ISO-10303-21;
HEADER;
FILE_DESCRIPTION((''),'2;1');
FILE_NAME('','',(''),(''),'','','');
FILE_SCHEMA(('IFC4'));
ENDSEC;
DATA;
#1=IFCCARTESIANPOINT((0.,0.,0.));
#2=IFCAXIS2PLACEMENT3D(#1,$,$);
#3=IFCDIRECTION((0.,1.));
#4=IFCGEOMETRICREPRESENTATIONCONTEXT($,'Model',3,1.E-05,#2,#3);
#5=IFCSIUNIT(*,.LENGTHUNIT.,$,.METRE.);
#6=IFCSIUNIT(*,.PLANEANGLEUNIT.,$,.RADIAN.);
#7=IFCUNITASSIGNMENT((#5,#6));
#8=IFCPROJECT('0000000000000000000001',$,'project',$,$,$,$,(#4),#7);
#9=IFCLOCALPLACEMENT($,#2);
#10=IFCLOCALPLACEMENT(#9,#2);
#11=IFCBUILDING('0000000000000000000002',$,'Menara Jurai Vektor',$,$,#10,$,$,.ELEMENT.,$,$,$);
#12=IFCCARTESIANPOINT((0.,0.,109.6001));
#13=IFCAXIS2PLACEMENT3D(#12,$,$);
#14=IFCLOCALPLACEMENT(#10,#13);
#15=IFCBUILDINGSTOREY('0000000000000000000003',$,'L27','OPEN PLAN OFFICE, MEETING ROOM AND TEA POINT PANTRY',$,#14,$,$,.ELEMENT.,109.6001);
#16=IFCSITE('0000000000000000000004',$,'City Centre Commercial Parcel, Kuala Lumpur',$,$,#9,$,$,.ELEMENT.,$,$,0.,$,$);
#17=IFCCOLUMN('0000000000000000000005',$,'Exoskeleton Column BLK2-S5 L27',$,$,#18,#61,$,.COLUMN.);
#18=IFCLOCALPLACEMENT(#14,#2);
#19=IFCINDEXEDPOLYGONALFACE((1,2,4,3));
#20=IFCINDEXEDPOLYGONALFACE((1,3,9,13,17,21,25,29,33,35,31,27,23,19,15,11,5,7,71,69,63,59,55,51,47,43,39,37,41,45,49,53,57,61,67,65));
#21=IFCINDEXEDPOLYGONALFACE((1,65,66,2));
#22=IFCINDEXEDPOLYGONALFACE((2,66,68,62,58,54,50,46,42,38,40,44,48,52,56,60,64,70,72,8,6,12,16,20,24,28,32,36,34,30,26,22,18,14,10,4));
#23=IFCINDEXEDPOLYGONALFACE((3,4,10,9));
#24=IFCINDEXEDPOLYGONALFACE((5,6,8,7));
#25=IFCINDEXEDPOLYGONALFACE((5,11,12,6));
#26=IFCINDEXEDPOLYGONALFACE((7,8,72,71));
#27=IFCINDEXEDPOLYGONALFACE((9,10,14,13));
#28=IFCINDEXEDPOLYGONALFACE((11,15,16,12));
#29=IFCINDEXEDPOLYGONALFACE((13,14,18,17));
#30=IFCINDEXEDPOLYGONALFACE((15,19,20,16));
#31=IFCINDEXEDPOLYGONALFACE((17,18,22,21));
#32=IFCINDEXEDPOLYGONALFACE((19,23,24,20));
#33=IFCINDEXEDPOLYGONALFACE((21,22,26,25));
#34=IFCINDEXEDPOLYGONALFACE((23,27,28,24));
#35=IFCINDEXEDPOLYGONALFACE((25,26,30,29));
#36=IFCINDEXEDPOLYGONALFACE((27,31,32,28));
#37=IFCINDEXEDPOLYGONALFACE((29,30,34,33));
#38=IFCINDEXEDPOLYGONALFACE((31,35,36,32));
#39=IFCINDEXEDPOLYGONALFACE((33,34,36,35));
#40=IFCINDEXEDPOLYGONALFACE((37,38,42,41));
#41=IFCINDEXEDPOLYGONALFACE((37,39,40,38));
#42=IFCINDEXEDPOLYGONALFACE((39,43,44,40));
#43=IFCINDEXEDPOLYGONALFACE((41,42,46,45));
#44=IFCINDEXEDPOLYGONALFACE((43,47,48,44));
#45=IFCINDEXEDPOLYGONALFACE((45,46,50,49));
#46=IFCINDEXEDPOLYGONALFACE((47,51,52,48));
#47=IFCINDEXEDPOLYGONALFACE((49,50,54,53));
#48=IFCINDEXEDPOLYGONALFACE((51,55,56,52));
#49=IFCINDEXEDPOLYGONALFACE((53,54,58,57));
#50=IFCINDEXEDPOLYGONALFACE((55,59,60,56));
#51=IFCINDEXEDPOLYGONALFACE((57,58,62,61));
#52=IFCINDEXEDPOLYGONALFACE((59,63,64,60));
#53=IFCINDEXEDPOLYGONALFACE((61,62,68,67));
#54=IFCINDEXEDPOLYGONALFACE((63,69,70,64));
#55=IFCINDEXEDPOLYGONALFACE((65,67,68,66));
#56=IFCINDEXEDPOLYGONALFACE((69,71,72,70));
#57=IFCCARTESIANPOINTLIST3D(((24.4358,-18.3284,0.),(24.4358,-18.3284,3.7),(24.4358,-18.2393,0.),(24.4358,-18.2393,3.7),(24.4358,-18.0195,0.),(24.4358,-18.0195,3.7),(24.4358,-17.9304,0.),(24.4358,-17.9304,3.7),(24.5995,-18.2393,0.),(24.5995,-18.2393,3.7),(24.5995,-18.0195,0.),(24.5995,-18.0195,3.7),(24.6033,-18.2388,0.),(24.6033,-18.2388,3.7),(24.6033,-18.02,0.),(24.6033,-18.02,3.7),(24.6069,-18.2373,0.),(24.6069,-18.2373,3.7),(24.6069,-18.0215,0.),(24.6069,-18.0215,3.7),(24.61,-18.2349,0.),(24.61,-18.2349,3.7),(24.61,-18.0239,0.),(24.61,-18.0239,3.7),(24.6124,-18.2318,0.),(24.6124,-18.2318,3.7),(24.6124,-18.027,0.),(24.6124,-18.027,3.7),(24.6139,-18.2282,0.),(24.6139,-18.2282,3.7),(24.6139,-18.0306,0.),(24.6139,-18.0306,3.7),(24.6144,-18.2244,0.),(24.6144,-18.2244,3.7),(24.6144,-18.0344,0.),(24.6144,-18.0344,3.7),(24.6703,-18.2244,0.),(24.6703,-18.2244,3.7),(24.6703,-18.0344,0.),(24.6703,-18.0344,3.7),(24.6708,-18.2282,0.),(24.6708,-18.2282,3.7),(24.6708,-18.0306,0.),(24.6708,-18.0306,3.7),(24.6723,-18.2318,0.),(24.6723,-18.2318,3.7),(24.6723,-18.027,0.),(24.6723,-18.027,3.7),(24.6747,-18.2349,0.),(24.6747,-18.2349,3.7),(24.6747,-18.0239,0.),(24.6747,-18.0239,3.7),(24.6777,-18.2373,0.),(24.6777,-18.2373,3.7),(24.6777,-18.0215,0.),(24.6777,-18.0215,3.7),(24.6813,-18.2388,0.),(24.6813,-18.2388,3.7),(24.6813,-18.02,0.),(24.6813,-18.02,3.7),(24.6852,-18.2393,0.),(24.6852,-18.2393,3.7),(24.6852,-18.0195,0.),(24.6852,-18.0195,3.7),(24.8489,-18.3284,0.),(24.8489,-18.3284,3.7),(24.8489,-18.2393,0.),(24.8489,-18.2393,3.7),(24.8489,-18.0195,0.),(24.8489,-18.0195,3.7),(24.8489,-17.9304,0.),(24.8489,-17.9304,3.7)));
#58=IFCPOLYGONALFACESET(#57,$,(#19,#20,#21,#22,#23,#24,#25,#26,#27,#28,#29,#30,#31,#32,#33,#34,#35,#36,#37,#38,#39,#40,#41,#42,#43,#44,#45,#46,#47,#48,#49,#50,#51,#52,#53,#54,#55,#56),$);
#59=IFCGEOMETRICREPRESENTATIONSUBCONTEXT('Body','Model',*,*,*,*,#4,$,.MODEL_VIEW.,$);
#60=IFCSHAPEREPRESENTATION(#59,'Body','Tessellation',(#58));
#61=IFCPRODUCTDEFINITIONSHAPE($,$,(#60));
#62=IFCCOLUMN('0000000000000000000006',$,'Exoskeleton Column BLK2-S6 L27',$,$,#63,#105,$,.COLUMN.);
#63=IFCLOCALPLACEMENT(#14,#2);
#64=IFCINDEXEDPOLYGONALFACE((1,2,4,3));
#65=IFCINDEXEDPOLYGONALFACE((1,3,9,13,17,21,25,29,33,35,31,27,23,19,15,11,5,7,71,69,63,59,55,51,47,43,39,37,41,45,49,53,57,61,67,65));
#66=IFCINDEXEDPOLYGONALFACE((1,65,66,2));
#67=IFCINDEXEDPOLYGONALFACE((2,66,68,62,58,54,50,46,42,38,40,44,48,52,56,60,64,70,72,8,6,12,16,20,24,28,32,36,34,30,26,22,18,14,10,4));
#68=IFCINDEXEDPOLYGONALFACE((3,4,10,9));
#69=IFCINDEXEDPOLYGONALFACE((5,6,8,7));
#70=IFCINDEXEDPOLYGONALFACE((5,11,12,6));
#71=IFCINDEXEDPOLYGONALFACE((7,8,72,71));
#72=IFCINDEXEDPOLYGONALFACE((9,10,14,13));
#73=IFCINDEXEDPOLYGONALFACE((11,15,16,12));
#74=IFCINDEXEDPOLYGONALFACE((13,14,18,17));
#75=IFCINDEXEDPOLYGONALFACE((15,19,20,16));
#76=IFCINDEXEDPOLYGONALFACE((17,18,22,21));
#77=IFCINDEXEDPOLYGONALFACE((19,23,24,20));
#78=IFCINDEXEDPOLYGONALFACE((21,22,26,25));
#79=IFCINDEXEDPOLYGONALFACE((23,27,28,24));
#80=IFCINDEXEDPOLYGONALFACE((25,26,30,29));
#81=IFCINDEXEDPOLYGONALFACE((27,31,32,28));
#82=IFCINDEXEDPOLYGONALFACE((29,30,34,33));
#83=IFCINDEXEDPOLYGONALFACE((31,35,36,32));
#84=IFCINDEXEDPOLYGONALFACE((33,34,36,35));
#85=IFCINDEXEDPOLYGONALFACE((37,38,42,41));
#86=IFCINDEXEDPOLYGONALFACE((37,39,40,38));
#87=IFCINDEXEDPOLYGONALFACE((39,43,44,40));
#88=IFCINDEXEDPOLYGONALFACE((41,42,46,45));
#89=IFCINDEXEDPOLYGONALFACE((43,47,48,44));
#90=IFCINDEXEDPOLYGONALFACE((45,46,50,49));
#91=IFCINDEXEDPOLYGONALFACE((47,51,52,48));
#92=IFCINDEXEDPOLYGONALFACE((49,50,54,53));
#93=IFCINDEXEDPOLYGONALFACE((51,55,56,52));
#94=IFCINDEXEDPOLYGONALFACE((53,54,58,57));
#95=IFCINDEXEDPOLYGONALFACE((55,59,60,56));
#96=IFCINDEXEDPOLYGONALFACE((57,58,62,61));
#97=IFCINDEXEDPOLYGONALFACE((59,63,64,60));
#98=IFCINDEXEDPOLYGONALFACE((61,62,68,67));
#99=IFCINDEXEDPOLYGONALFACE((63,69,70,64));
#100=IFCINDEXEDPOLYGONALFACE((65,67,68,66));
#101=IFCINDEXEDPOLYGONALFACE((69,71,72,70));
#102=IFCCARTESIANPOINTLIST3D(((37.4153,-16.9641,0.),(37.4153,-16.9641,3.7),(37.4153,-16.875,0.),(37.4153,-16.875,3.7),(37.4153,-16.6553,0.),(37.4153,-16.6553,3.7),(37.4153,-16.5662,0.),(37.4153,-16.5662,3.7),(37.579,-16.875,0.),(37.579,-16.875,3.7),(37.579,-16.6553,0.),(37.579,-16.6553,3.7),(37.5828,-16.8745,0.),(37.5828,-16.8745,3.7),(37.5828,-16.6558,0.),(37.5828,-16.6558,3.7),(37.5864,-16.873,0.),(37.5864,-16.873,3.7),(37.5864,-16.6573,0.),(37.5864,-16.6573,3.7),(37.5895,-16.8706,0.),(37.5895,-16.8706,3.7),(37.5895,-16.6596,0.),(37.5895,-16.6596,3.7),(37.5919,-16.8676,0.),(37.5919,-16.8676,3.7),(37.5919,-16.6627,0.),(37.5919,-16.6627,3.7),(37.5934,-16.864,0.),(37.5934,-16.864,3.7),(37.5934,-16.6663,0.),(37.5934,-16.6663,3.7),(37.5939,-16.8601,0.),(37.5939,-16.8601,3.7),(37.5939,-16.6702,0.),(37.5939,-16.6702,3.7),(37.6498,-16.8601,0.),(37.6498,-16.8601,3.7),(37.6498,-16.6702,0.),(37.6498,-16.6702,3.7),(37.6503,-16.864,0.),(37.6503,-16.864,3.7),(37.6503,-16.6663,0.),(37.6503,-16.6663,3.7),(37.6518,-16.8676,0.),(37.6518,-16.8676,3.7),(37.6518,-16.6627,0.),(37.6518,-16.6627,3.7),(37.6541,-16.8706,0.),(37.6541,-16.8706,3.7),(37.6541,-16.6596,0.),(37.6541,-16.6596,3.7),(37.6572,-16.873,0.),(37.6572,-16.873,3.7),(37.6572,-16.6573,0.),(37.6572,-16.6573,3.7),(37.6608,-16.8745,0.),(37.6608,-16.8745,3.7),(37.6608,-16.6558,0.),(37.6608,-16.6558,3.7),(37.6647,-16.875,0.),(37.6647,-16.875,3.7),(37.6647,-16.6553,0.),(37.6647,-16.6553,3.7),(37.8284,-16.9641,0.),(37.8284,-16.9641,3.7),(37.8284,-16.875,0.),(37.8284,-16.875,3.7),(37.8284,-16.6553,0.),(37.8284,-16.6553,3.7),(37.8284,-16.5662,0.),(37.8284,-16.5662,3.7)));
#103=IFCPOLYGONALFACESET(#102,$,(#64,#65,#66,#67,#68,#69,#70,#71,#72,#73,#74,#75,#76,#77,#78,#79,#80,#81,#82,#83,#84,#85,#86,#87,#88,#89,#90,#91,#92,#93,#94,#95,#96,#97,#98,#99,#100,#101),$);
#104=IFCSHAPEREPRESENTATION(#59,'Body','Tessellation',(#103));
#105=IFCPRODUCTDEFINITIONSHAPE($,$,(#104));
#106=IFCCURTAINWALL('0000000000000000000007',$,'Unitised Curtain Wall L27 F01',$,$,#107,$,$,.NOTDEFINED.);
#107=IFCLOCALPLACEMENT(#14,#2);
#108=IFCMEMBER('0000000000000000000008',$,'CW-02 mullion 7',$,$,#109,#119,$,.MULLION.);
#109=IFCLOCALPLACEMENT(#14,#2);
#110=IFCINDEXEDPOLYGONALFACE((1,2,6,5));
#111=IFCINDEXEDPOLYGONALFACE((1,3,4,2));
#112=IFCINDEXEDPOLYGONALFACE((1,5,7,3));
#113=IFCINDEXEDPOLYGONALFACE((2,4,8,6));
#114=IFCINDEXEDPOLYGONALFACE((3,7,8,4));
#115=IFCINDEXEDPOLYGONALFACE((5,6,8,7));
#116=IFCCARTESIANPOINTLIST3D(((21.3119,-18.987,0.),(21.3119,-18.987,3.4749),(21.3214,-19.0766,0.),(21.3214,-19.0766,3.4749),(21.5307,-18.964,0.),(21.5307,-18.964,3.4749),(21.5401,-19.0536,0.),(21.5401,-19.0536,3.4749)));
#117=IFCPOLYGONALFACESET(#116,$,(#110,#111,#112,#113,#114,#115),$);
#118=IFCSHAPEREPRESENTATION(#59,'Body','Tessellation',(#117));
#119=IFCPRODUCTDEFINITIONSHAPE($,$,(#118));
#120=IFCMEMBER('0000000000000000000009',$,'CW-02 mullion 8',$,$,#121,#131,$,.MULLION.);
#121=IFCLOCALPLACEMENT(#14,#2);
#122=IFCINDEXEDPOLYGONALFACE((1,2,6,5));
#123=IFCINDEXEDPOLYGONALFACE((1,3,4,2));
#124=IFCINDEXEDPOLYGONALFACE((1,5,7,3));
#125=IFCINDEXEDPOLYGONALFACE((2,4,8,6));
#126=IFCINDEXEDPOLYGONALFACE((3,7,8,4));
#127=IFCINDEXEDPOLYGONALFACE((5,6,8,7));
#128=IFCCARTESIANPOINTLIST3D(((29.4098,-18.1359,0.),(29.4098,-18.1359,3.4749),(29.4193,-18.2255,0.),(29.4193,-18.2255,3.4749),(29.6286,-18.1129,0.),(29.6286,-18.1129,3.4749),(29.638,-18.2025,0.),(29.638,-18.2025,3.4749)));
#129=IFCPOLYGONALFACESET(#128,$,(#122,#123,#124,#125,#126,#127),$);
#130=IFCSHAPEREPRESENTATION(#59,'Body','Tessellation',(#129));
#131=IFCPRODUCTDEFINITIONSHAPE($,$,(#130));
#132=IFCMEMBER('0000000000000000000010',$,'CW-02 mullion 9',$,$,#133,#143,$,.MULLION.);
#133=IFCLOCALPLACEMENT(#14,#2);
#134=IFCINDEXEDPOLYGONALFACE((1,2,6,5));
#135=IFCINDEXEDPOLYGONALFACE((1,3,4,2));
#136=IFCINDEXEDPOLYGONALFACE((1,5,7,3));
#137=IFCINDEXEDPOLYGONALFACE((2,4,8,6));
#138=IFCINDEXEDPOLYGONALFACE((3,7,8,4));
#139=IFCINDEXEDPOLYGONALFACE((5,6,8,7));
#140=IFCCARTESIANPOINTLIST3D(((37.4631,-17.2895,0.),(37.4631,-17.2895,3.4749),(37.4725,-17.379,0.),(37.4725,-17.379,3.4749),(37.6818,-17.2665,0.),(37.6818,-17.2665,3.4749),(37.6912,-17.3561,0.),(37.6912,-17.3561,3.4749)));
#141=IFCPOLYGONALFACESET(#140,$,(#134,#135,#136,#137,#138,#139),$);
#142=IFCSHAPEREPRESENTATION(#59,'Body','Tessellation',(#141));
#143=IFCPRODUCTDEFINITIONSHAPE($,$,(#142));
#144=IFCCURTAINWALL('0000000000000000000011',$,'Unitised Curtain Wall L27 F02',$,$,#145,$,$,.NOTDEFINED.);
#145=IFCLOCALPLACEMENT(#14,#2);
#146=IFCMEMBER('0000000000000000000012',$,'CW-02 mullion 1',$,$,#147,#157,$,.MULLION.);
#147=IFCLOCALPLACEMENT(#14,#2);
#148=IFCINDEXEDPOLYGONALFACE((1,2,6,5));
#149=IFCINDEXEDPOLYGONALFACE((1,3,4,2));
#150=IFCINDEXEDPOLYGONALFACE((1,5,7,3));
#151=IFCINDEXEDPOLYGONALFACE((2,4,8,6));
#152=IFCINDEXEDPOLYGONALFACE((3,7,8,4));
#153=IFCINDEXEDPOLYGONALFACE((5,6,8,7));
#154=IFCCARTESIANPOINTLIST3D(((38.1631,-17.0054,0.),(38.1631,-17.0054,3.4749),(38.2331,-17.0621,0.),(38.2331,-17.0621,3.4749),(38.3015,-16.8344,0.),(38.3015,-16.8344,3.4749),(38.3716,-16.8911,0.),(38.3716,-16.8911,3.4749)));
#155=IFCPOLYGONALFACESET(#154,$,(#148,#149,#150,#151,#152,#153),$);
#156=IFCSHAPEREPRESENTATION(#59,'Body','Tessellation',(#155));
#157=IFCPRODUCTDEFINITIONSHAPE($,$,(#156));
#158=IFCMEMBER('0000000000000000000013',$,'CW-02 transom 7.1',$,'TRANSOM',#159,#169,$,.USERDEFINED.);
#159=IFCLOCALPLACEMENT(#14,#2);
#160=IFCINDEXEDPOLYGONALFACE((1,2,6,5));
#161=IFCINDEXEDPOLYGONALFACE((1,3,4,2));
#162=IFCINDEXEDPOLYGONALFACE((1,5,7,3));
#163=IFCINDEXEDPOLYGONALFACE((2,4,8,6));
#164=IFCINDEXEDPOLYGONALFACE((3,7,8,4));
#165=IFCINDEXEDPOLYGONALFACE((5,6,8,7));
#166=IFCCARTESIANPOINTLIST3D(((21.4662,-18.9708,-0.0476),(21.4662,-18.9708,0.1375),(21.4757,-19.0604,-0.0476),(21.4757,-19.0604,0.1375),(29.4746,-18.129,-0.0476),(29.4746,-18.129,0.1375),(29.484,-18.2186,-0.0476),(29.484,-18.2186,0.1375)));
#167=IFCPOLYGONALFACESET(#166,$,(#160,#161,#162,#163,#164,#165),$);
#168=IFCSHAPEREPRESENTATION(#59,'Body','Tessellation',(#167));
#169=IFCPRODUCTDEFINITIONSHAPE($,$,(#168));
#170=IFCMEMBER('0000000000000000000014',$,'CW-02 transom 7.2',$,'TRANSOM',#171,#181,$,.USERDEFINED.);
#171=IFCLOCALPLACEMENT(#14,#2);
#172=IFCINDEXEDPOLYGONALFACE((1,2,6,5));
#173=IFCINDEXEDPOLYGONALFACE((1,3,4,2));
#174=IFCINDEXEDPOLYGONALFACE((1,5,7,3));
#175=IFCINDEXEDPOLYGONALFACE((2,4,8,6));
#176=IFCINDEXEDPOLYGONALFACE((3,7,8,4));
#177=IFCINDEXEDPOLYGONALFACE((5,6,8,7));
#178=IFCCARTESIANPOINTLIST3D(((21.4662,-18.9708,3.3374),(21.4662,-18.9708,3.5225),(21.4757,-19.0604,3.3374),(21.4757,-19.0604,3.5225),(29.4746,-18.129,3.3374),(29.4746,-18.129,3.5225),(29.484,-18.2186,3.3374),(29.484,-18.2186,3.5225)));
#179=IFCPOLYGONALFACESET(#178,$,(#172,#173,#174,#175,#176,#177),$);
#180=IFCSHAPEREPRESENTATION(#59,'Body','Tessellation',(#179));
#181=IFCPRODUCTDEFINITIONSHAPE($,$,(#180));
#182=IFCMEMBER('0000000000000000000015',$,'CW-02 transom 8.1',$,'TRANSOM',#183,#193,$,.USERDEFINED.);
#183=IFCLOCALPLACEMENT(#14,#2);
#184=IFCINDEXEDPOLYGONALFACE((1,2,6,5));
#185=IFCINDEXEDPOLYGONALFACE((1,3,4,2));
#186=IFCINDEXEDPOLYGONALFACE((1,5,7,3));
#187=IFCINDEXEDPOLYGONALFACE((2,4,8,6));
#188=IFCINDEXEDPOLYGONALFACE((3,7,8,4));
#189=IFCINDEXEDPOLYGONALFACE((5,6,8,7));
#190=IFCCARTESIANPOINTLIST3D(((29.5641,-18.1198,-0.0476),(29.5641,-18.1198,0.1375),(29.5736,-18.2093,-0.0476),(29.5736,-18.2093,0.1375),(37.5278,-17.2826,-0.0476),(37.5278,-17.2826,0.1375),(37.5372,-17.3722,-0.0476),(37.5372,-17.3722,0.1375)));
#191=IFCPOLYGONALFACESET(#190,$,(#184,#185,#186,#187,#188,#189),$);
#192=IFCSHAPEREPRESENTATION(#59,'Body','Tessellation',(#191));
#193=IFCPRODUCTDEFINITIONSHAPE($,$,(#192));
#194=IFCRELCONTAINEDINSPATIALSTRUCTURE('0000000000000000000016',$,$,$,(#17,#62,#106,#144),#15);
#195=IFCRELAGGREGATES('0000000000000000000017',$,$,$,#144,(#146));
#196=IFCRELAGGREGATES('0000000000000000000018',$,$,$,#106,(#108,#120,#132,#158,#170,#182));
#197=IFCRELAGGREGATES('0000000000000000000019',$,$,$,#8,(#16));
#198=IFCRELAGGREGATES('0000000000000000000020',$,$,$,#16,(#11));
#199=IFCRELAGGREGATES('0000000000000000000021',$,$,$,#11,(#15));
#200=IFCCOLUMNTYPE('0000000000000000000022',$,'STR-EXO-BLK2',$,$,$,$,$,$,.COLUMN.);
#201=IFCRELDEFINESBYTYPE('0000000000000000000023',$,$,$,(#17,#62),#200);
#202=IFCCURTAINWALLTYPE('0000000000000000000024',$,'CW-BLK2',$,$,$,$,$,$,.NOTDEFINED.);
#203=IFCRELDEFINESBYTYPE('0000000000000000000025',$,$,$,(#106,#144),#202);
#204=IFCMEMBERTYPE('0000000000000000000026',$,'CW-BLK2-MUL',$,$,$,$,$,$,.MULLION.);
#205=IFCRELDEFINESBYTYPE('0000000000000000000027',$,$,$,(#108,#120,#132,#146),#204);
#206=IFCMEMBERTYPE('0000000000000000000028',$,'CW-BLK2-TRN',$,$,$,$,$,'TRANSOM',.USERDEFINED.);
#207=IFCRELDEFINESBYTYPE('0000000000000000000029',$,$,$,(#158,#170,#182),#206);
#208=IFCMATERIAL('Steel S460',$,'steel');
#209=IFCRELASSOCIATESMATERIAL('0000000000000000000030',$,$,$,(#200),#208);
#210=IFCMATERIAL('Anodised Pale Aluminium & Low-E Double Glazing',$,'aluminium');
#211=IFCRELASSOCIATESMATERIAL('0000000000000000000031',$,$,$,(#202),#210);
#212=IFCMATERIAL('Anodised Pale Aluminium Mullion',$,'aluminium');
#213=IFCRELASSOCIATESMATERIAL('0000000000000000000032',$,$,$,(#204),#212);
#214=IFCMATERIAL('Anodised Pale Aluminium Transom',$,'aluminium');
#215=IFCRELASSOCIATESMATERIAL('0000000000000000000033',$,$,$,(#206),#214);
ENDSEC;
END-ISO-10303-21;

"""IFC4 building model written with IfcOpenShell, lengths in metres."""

from ifc_helpers import new_model, si_unit, direction, frame, origin, origin_2d, place, context, subcontext, project, spatial, rectangle, i_section, extrude, material, material_profile, profile_set, type_object, element, aggregate, save


model = new_model("IFC4")

# Units and contexts
model_context = context("Model", 3, precision=1e-05, world=origin(), true_north=direction((0.0, 1.0)))
body_context = subcontext(model_context, "Body", "Model", "MODEL_VIEW")
ifc_project = project(units=[si_unit("LENGTHUNIT", "METRE"), si_unit("PLANEANGLEUNIT", "RADIAN")], contexts=[model_context])

# Site, building, storey
site_placement = place(None, origin())
site = spatial("IfcSite", under=ifc_project, at=site_placement, Name="City Centre Commercial Parcel, Kuala Lumpur", CompositionType="ELEMENT", RefElevation=0.0)
building_placement = place(site_placement, origin())
building = spatial("IfcBuilding", under=site, at=building_placement, Name="Menara Jurai Vektor", CompositionType="ELEMENT")
storey_placement = place(building_placement, frame((0.0, 0.0, 109.6001)))
storey = spatial("IfcBuildingStorey", under=building, at=storey_placement, Name="L27", Description="OPEN PLAN OFFICE, MEETING ROOM AND TEA POINT PANTRY", CompositionType="ELEMENT", Elevation=109.6001)

# Columns
ifc_material_1 = material(Name="Steel S460", Category="steel")
ifc_material_profile_1 = material_profile(ifc_material_1, i_section(OverallWidth=0.4131, OverallDepth=0.3979, WebThickness=0.0559, FlangeThickness=0.0891, FilletRadius=0.0149, at=origin_2d()), Name="HD 400x744")
ifc_profile_set_1 = profile_set([ifc_material_profile_1], Name="Steel S460")
column_type = type_object("IfcColumnType", Name="STR-EXO-BLK2", PredefinedType="COLUMN", material=ifc_profile_set_1)
for number, where, z_axis, x_axis, name in (
    (1, (24.6423, -18.1294, 0.0), (0.0, 0.0, 1.0), (1.0, 0.0, 0.0), "Exoskeleton Column BLK2-S5 L27"),
    (2, (37.6218, -16.7651, 0.0), (0.0, 0.0, 1.0), (1.0, 0.0, 0.0), "Exoskeleton Column BLK2-S6 L27"),
):
    element("IfcColumn", number, at=place(storey_placement, frame(where, z_axis=z_axis, x_axis=x_axis)), inside=storey, type_object=column_type, Name=name, PredefinedType="COLUMN", context=body_context, shape_type="SweptSolid", body=[
        extrude(i_section(OverallWidth=0.4131, OverallDepth=0.3979, WebThickness=0.0559, FlangeThickness=0.0891, FilletRadius=0.0149, at=origin_2d()), origin(), (0.0, 0.0, 1.0), 3.7),
    ])

# Curtain wall, members
ifc_material_2 = material(Name="Anodised Pale Aluminium & Low-E Double Glazing", Category="aluminium")
curtain_wall_type = type_object("IfcCurtainWallType", Name="CW-BLK2", PredefinedType="NOTDEFINED", material=ifc_material_2)
curtain_wall_1_placement = place(storey_placement, origin())
curtain_wall_1 = element("IfcCurtainWall", 3, at=curtain_wall_1_placement, inside=storey, type_object=curtain_wall_type, Name="Unitised Curtain Wall L27 F01", PredefinedType="NOTDEFINED")
ifc_material_3 = material(Name="Anodised Pale Aluminium Mullion", Category="aluminium")
ifc_material_profile_2 = material_profile(ifc_material_3, rectangle(XDim=0.0901, YDim=0.22, at=origin_2d()), Name="ALU MUL 90x220")
ifc_profile_set_2 = profile_set([ifc_material_profile_2], Name="Anodised Pale Aluminium Mullion")
member_type_1 = type_object("IfcMemberType", Name="CW-BLK2-MUL", PredefinedType="MULLION", material=ifc_profile_set_2)
member_1_placement = place(storey_placement, frame((21.426, -19.0203, 0.0), z_axis=(0.0, 0.0, 1.0), x_axis=(-0.104529, 0.994522, 0.0)))
member_1 = element("IfcMember", 4, at=member_1_placement, type_object=member_type_1, Name="CW-02 mullion 7", PredefinedType="MULLION", context=body_context, shape_type="SweptSolid", body=[
    extrude(rectangle(XDim=0.0901, YDim=0.22, at=origin_2d()), origin(), (0.0, 0.0, 1.0), 3.4749),
])
member_2_placement = place(storey_placement, frame((29.5239, -18.1692, 0.0), z_axis=(0.0, 0.0, 1.0), x_axis=(-0.104529, 0.994522, 0.0)))
member_2 = element("IfcMember", 5, at=member_2_placement, type_object=member_type_1, Name="CW-02 mullion 8", PredefinedType="MULLION", context=body_context, shape_type="SweptSolid", body=[
    extrude(rectangle(XDim=0.0901, YDim=0.22, at=origin_2d()), origin(), (0.0, 0.0, 1.0), 3.4749),
])
member_3_placement = place(storey_placement, frame((37.5771, -17.3228, 0.0), z_axis=(0.0, 0.0, 1.0), x_axis=(-0.104529, 0.994522, 0.0)))
member_3 = element("IfcMember", 6, at=member_3_placement, type_object=member_type_1, Name="CW-02 mullion 9", PredefinedType="MULLION", context=body_context, shape_type="SweptSolid", body=[
    extrude(rectangle(XDim=0.0901, YDim=0.22, at=origin_2d()), origin(), (0.0, 0.0, 1.0), 3.4749),
])

# Curtain wall, member
curtain_wall_2_placement = place(storey_placement, origin())
curtain_wall_2 = element("IfcCurtainWall", 7, at=curtain_wall_2_placement, inside=storey, type_object=curtain_wall_type, Name="Unitised Curtain Wall L27 F02", PredefinedType="NOTDEFINED")
member_4_placement = place(storey_placement, frame((38.2673, -16.9482, 0.0), z_axis=(0.0, 0.0, 1.0), x_axis=(-0.777129, 0.629341, 0.0)))
member_4 = element("IfcMember", 8, at=member_4_placement, type_object=member_type_1, Name="CW-02 mullion 1", PredefinedType="MULLION", context=body_context, shape_type="SweptSolid", body=[
    extrude(rectangle(XDim=0.0901, YDim=0.22, at=origin_2d()), origin(), (0.0, 0.0, 1.0), 3.4749),
])
aggregate(curtain_wall_2, [member_4])

# Members
ifc_material_4 = material(Name="Anodised Pale Aluminium Transom", Category="aluminium")
ifc_material_profile_3 = material_profile(ifc_material_4, rectangle(XDim=0.0901, YDim=0.1851, at=origin_2d()), Name="ALU TRN 90x185")
ifc_profile_set_3 = profile_set([ifc_material_profile_3], Name="Anodised Pale Aluminium Transom")
member_type_2 = type_object("IfcMemberType", Name="CW-BLK2-TRN", ElementType="TRANSOM", PredefinedType="USERDEFINED", material=ifc_profile_set_3)
member_5_placement = place(storey_placement, frame((21.4709, -19.0156, 0.0449), z_axis=(0.994521, 0.10454, 0.0), x_axis=(-0.10454, 0.994521, 0.0)))
member_5 = element("IfcMember", 9, at=member_5_placement, type_object=member_type_2, Name="CW-02 transom 7.1", ObjectType="TRANSOM", PredefinedType="USERDEFINED", context=body_context, shape_type="SweptSolid", body=[
    extrude(rectangle(XDim=0.0901, YDim=0.1851, at=origin_2d()), origin(), (0.0, 0.0, 1.0), 8.0525),
])
member_6_placement = place(storey_placement, frame((21.4709, -19.0156, 3.4299), z_axis=(0.994521, 0.10454, 0.0), x_axis=(-0.10454, 0.994521, 0.0)))
member_6 = element("IfcMember", 10, at=member_6_placement, type_object=member_type_2, Name="CW-02 transom 7.2", ObjectType="TRANSOM", PredefinedType="USERDEFINED", context=body_context, shape_type="SweptSolid", body=[
    extrude(rectangle(XDim=0.0901, YDim=0.1851, at=origin_2d()), origin(), (0.0, 0.0, 1.0), 8.0525),
])
member_7_placement = place(storey_placement, frame((29.5688, -18.1646, 0.0449), z_axis=(0.99452, 0.104547, 0.0), x_axis=(-0.104547, 0.99452, 0.0)))
member_7 = element("IfcMember", 11, at=member_7_placement, type_object=member_type_2, Name="CW-02 transom 8.1", ObjectType="TRANSOM", PredefinedType="USERDEFINED", context=body_context, shape_type="SweptSolid", body=[
    extrude(rectangle(XDim=0.0901, YDim=0.1851, at=origin_2d()), origin(), (0.0, 0.0, 1.0), 8.0076),
])

aggregate(curtain_wall_1, [member_1, member_2, member_3, member_5, member_6, member_7])

save(model, "model.ifc")
